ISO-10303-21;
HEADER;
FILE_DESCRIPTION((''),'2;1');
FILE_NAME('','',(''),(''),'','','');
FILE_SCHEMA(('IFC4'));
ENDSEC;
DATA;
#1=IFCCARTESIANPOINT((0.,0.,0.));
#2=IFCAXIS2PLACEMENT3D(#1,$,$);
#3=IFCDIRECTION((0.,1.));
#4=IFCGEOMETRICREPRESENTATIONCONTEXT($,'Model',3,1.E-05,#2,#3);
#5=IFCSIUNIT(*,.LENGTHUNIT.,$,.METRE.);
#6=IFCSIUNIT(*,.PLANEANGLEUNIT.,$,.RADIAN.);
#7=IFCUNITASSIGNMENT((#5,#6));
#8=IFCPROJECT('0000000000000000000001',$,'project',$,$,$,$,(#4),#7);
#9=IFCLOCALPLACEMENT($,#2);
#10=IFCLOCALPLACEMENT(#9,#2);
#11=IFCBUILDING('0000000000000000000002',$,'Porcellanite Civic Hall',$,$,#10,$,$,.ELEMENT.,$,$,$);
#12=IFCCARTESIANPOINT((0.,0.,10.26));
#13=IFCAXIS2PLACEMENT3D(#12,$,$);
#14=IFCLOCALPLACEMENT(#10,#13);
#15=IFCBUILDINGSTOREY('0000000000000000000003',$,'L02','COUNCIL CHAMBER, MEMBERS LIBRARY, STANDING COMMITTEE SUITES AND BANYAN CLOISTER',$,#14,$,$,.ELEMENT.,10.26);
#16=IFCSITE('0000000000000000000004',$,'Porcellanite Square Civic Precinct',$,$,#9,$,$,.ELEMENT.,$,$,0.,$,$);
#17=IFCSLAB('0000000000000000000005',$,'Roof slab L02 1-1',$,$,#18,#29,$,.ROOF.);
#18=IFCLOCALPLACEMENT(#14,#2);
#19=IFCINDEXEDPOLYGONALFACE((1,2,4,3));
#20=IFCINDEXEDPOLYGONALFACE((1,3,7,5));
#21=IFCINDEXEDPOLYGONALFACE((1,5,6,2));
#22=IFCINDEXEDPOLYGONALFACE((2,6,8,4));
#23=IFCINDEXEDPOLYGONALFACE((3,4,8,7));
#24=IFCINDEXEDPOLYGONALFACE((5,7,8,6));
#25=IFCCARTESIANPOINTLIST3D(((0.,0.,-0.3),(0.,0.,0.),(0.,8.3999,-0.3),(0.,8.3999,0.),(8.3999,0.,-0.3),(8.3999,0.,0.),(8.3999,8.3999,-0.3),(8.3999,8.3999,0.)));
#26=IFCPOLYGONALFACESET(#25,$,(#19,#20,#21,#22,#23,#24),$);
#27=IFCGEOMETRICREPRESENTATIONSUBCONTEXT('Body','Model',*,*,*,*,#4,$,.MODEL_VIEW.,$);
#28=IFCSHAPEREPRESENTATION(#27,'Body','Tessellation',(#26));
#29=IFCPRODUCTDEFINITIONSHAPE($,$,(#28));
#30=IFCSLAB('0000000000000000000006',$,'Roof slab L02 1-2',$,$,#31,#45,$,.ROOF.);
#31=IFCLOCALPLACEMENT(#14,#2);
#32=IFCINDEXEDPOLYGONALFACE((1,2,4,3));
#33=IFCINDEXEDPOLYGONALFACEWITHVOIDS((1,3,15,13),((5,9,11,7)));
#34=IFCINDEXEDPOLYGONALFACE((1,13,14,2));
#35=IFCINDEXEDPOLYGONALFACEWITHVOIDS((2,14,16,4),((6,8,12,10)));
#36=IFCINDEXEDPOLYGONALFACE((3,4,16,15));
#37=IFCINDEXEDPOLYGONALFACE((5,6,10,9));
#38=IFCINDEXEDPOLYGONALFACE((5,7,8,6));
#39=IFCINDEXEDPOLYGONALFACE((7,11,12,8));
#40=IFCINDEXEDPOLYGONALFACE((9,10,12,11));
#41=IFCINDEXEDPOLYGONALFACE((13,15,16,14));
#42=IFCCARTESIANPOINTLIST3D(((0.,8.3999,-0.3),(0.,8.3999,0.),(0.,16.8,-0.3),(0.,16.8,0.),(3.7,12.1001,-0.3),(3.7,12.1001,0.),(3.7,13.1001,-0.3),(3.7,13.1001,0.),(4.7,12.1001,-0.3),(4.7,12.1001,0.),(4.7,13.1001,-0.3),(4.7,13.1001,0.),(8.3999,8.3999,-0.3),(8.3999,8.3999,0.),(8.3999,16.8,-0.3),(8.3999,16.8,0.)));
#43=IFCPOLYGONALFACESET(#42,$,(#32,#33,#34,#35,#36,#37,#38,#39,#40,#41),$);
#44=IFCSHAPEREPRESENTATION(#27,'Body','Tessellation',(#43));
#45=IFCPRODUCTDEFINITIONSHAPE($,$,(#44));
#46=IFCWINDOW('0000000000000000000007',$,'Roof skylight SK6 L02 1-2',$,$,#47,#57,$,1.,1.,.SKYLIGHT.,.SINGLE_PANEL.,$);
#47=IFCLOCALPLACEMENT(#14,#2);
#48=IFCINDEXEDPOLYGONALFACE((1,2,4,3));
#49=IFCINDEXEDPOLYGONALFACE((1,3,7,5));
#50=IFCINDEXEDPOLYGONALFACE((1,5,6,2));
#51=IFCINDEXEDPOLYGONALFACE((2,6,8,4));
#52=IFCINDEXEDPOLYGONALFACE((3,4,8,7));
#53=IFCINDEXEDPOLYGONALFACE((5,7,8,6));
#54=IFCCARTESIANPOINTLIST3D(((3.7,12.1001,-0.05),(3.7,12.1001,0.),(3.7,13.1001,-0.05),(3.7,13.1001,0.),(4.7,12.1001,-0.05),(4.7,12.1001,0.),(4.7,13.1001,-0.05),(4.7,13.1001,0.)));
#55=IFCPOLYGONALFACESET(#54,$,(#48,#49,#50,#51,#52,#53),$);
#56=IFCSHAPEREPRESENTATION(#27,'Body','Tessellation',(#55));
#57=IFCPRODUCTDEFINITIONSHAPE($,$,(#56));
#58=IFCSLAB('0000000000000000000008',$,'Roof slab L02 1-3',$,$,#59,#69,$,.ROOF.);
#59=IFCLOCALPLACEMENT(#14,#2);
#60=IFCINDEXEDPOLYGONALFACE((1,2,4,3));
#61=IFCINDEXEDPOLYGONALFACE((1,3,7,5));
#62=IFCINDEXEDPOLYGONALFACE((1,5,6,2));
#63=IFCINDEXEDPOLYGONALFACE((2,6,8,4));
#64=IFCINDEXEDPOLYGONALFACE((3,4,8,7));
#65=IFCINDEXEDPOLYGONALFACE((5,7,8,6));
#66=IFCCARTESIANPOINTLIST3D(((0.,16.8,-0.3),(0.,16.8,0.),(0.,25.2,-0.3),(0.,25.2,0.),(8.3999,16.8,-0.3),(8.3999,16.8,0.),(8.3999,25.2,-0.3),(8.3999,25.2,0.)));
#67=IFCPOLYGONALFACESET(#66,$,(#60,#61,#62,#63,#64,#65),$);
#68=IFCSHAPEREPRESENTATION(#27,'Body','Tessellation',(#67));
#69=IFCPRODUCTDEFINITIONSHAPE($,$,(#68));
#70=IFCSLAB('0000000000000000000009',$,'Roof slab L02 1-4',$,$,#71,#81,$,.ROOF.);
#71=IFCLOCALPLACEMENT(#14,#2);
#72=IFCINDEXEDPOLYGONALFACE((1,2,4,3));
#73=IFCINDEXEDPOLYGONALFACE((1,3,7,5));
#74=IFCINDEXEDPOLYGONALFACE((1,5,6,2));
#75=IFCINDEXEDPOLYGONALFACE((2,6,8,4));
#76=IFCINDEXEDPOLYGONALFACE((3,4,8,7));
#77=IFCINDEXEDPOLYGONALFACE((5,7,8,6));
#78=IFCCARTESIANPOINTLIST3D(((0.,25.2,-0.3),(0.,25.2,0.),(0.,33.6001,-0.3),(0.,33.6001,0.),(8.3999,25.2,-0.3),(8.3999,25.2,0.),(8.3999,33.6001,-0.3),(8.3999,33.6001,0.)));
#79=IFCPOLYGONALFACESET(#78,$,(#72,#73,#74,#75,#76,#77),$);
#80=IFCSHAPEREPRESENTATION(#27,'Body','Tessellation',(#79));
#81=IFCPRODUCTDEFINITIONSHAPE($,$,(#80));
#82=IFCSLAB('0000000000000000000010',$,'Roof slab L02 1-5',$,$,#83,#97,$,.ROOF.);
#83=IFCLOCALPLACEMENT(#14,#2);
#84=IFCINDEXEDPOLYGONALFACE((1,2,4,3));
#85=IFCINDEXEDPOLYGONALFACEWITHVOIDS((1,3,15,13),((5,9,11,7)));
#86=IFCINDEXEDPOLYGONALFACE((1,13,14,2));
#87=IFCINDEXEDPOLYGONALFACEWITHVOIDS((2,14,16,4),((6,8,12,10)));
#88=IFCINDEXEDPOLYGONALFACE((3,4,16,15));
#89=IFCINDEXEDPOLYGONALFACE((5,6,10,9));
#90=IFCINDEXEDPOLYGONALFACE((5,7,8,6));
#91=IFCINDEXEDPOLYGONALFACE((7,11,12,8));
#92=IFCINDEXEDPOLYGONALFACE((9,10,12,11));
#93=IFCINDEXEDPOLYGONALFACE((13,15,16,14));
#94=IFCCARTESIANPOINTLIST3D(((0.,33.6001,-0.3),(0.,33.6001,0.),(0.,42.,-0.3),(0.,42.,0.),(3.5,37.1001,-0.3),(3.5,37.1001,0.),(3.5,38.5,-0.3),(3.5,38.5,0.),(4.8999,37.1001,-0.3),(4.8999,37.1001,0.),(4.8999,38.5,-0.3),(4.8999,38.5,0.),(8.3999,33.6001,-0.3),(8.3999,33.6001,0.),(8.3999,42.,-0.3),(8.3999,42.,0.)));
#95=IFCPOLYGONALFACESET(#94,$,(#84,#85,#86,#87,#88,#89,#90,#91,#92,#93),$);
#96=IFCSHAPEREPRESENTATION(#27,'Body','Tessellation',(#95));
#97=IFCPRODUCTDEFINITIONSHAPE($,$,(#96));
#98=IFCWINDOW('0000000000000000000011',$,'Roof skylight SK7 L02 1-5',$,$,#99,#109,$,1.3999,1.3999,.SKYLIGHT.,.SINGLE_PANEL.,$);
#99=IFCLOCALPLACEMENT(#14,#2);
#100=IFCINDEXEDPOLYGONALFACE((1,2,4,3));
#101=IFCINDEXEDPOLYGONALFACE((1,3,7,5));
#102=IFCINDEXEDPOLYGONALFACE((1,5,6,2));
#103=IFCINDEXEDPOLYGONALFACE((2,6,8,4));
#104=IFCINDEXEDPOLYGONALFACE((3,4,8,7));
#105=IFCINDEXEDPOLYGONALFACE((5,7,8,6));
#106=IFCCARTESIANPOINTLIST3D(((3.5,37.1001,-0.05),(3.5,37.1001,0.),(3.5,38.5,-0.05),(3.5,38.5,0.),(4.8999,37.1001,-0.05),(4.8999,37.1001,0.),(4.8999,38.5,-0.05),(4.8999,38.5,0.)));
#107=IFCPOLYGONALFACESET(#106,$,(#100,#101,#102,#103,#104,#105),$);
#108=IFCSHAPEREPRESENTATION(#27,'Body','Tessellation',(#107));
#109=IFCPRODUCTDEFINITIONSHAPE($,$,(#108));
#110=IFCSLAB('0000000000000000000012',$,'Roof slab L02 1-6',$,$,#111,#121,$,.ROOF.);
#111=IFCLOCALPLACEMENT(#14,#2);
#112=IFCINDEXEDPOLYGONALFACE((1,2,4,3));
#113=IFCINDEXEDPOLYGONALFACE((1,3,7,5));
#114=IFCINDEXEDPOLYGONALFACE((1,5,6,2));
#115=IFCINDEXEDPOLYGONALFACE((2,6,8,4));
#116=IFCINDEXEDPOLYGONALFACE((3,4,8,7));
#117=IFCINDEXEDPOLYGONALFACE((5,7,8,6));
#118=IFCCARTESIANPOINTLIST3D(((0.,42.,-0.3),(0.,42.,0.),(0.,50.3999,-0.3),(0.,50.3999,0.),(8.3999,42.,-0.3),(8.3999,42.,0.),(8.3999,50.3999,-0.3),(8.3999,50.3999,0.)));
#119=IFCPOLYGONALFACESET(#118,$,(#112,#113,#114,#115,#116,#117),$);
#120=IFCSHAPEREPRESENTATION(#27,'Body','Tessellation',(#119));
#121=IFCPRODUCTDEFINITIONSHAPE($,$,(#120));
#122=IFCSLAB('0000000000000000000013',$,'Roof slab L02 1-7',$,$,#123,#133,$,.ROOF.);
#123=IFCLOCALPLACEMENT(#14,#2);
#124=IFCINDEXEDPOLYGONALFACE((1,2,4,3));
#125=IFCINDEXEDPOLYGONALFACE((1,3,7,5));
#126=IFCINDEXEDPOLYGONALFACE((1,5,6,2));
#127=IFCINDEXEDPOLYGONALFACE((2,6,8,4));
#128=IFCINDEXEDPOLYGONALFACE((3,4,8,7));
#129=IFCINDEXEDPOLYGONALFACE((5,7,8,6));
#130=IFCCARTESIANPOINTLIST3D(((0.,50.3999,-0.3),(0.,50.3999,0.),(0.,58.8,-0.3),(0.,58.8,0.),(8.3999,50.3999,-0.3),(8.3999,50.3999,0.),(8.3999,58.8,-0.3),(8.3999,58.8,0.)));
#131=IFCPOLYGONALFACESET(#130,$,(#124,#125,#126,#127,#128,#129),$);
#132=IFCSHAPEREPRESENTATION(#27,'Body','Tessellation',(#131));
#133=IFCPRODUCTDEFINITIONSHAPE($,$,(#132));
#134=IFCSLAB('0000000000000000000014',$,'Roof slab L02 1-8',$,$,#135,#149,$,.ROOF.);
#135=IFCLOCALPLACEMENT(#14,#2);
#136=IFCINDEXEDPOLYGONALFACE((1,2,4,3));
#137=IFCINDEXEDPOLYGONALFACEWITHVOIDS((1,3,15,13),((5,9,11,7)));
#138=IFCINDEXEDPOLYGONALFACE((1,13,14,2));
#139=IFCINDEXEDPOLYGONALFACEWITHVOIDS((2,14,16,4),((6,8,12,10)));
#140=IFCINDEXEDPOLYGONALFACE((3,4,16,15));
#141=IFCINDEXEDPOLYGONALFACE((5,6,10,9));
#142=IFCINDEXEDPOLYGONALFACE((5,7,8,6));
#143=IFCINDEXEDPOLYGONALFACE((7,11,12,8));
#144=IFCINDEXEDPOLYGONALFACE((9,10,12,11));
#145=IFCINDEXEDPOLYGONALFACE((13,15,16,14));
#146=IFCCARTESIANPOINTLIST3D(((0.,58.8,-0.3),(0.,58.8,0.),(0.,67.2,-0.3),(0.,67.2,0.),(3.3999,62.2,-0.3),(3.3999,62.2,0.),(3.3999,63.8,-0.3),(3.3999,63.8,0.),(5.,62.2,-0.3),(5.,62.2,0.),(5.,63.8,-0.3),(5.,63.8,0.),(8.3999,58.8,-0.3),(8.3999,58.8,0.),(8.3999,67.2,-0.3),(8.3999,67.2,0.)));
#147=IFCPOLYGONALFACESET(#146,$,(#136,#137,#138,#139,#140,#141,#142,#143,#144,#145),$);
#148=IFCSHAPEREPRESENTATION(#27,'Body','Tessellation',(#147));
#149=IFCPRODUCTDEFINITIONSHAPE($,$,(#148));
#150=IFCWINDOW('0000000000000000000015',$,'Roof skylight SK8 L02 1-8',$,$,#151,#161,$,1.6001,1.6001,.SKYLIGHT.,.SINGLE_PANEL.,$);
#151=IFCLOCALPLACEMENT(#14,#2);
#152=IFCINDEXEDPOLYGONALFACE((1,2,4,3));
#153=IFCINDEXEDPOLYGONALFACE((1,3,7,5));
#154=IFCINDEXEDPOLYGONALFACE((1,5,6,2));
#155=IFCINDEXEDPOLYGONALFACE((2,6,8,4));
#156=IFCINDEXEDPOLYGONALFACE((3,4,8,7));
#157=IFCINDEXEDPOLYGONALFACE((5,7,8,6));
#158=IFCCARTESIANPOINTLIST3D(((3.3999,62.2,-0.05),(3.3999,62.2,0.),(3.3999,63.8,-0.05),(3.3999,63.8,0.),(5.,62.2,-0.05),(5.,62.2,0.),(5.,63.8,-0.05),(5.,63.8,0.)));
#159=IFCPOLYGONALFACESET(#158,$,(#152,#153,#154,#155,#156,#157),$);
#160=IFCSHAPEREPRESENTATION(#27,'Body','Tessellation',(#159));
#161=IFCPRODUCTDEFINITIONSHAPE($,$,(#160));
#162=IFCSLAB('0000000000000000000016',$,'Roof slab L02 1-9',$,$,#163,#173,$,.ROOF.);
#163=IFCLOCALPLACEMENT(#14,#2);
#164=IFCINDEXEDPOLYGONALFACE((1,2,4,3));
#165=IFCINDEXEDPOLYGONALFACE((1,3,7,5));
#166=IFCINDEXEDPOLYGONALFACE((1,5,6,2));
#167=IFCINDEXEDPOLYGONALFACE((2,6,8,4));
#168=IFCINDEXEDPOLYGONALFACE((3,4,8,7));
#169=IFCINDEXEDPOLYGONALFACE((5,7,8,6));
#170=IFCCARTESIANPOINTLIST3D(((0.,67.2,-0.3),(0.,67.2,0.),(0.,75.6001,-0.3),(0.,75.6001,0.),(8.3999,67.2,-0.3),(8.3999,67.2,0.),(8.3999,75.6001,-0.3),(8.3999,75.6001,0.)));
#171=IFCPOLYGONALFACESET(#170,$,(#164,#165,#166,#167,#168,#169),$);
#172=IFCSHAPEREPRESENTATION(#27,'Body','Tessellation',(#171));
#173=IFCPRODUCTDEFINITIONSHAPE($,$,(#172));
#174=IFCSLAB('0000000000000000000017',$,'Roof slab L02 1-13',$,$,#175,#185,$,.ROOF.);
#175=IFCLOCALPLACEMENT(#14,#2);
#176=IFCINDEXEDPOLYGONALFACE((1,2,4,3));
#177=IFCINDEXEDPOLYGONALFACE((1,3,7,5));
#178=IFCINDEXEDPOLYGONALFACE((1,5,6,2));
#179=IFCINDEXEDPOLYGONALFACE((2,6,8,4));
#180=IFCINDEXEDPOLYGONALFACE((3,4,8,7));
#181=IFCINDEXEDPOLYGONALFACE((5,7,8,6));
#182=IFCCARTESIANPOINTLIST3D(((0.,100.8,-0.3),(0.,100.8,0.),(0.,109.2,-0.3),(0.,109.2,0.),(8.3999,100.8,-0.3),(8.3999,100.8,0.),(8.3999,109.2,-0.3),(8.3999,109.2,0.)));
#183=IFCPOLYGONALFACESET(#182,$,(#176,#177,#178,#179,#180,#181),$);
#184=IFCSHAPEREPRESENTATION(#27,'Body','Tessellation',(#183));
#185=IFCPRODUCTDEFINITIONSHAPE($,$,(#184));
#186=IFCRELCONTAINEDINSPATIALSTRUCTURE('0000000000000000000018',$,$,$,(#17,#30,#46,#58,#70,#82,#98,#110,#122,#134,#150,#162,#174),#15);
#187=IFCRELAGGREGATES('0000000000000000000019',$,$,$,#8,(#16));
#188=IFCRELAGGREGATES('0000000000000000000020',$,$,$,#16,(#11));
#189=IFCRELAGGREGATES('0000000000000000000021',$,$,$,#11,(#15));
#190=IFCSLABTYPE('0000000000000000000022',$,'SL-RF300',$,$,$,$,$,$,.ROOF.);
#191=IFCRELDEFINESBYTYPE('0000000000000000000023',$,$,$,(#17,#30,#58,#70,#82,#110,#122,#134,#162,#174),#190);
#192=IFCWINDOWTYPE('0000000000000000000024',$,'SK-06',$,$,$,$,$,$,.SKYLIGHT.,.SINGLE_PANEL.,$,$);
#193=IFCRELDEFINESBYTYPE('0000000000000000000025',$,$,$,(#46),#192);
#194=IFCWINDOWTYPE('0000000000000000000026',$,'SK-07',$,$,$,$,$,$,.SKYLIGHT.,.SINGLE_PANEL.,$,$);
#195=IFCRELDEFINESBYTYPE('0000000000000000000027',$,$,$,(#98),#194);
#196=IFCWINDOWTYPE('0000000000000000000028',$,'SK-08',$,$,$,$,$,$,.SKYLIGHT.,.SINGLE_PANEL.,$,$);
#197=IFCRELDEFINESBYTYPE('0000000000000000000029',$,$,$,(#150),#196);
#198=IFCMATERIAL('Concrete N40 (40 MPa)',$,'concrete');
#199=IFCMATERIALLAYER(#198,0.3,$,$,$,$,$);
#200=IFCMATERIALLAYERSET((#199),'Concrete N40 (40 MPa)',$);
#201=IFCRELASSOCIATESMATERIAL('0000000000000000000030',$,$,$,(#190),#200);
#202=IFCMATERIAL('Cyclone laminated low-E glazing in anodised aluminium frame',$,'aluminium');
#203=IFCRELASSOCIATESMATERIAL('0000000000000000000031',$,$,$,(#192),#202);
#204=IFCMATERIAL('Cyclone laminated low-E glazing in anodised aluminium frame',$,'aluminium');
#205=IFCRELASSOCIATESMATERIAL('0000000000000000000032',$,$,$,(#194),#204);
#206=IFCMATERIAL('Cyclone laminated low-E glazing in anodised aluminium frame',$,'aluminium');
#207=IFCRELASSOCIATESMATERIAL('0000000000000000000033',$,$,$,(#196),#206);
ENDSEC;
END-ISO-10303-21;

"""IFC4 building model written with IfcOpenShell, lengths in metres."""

from ifc_helpers import new_model, si_unit, direction, frame, origin, origin_2d, place, context, subcontext, project, spatial, polyline, rectangle, outline, extrude, material, layer, layer_set, type_object, element, fill, save


model = new_model("IFC4")

# Units and contexts
model_context = context("Model", 3, precision=1e-05, world=origin(), true_north=direction((0.0, 1.0)))
body_context = subcontext(model_context, "Body", "Model", "MODEL_VIEW")
ifc_project = project(units=[si_unit("LENGTHUNIT", "METRE"), si_unit("PLANEANGLEUNIT", "RADIAN")], contexts=[model_context])

# Site, building, storey
site_placement = place(None, origin())
site = spatial("IfcSite", under=ifc_project, at=site_placement, Name="Porcellanite Square Civic Precinct", CompositionType="ELEMENT", RefElevation=0.0)
building_placement = place(site_placement, origin())
building = spatial("IfcBuilding", under=site, at=building_placement, Name="Porcellanite Civic Hall", CompositionType="ELEMENT")
storey_placement = place(building_placement, frame((0.0, 0.0, 10.26)))
storey = spatial("IfcBuildingStorey", under=building, at=storey_placement, Name="L02", Description="COUNCIL CHAMBER, MEMBERS LIBRARY, STANDING COMMITTEE SUITES AND BANYAN CLOISTER", CompositionType="ELEMENT", Elevation=10.26)

# Slab
ifc_material_1 = material(Name="Concrete N40 (40 MPa)", Category="concrete")
ifc_layer = layer(ifc_material_1, 0.3)
ifc_layer_set = layer_set([ifc_layer], Name="Concrete N40 (40 MPa)")
slab_type = type_object("IfcSlabType", Name="SL-RF300", PredefinedType="ROOF", material=ifc_layer_set)
slab_1_placement = place(storey_placement, frame((0.0, 0.0, -0.3)))
element("IfcSlab", 1, at=slab_1_placement, inside=storey, type_object=slab_type, Name="Roof slab L02 1-1", PredefinedType="ROOF", context=body_context, shape_type="SweptSolid", body=[
    extrude(outline(polyline([(0.0, 0.0), (8.3999, 0.0), (8.3999, 8.3999), (0.0, 8.3999), (0.0, 0.0)])), origin(), (0.0, 0.0, 1.0), 0.3),
])

# Slab, opening, window
slab_2_placement = place(storey_placement, frame((0.0, 0.0, -0.3)))
slab_2 = element("IfcSlab", 2, at=slab_2_placement, inside=storey, type_object=slab_type, Name="Roof slab L02 1-2", PredefinedType="ROOF", context=body_context, shape_type="SweptSolid", body=[
    extrude(outline(polyline([(0.0, 8.3999), (8.3999, 8.3999), (8.3999, 16.8), (0.0, 16.8), (0.0, 8.3999)])), origin(), (0.0, 0.0, 1.0), 0.3),
])
opening_1_placement = place(slab_2_placement, frame((4.2, 12.6001, 0.0)))
opening_1 = element("IfcOpeningElement", 3, at=opening_1_placement, cuts=slab_2, PredefinedType="OPENING", context=body_context, shape_type="SweptSolid", body=[
    extrude(rectangle(XDim=1.0, YDim=1.0, at=origin_2d()), origin(), (0.0, 0.0, 1.0), 0.3),
])
ifc_material_2 = material(Name="Cyclone laminated low-E glazing in anodised aluminium frame", Category="aluminium")
window_type_1 = type_object("IfcWindowType", Name="SK-06", PartitioningType="SINGLE_PANEL", PredefinedType="SKYLIGHT", material=ifc_material_2)
window_1_placement = place(opening_1_placement, frame((0.0, 0.0, 0.25)))
window_1 = element("IfcWindow", 4, at=window_1_placement, inside=storey, type_object=window_type_1, Name="Roof skylight SK6 L02 1-2", OverallHeight=1.0, OverallWidth=1.0, PartitioningType="SINGLE_PANEL", PredefinedType="SKYLIGHT", context=body_context, shape_type="SweptSolid", body=[
    extrude(rectangle(XDim=1.0, YDim=1.0, at=origin_2d()), origin(), (0.0, 0.0, 1.0), 0.05),
])
fill(opening_1, window_1)

# Slabs
slab_3_placement = place(storey_placement, frame((0.0, 0.0, -0.3)))
element("IfcSlab", 5, at=slab_3_placement, inside=storey, type_object=slab_type, Name="Roof slab L02 1-3", PredefinedType="ROOF", context=body_context, shape_type="SweptSolid", body=[
    extrude(outline(polyline([(0.0, 16.8), (8.3999, 16.8), (8.3999, 25.2), (0.0, 25.2), (0.0, 16.8)])), origin(), (0.0, 0.0, 1.0), 0.3),
])
slab_4_placement = place(storey_placement, frame((0.0, 0.0, -0.3)))
element("IfcSlab", 6, at=slab_4_placement, inside=storey, type_object=slab_type, Name="Roof slab L02 1-4", PredefinedType="ROOF", context=body_context, shape_type="SweptSolid", body=[
    extrude(outline(polyline([(0.0, 25.2), (8.3999, 25.2), (8.3999, 33.6001), (0.0, 33.6001), (0.0, 25.2)])), origin(), (0.0, 0.0, 1.0), 0.3),
])

# Slab, opening, window
slab_5_placement = place(storey_placement, frame((0.0, 0.0, -0.3)))
slab_5 = element("IfcSlab", 7, at=slab_5_placement, inside=storey, type_object=slab_type, Name="Roof slab L02 1-5", PredefinedType="ROOF", context=body_context, shape_type="SweptSolid", body=[
    extrude(outline(polyline([(0.0, 33.6001), (8.3999, 33.6001), (8.3999, 42.0), (0.0, 42.0), (0.0, 33.6001)])), origin(), (0.0, 0.0, 1.0), 0.3),
])
opening_2_placement = place(slab_5_placement, frame((4.2, 37.8, 0.0)))
opening_2 = element("IfcOpeningElement", 8, at=opening_2_placement, cuts=slab_5, PredefinedType="OPENING", context=body_context, shape_type="SweptSolid", body=[
    extrude(rectangle(XDim=1.3999, YDim=1.3999, at=origin_2d()), origin(), (0.0, 0.0, 1.0), 0.3),
])
ifc_material_3 = material(Name="Cyclone laminated low-E glazing in anodised aluminium frame", Category="aluminium")
window_type_2 = type_object("IfcWindowType", Name="SK-07", PartitioningType="SINGLE_PANEL", PredefinedType="SKYLIGHT", material=ifc_material_3)
window_2_placement = place(opening_2_placement, frame((0.0, 0.0, 0.25)))
window_2 = element("IfcWindow", 9, at=window_2_placement, inside=storey, type_object=window_type_2, Name="Roof skylight SK7 L02 1-5", OverallHeight=1.3999, OverallWidth=1.3999, PartitioningType="SINGLE_PANEL", PredefinedType="SKYLIGHT", context=body_context, shape_type="SweptSolid", body=[
    extrude(rectangle(XDim=1.3999, YDim=1.3999, at=origin_2d()), origin(), (0.0, 0.0, 1.0), 0.05),
])
fill(opening_2, window_2)

# Slabs
slab_6_placement = place(storey_placement, frame((0.0, 0.0, -0.3)))
element("IfcSlab", 10, at=slab_6_placement, inside=storey, type_object=slab_type, Name="Roof slab L02 1-6", PredefinedType="ROOF", context=body_context, shape_type="SweptSolid", body=[
    extrude(outline(polyline([(0.0, 42.0), (8.3999, 42.0), (8.3999, 50.3999), (0.0, 50.3999), (0.0, 42.0)])), origin(), (0.0, 0.0, 1.0), 0.3),
])
slab_7_placement = place(storey_placement, frame((0.0, 0.0, -0.3)))
element("IfcSlab", 11, at=slab_7_placement, inside=storey, type_object=slab_type, Name="Roof slab L02 1-7", PredefinedType="ROOF", context=body_context, shape_type="SweptSolid", body=[
    extrude(outline(polyline([(0.0, 50.3999), (8.3999, 50.3999), (8.3999, 58.8), (0.0, 58.8), (0.0, 50.3999)])), origin(), (0.0, 0.0, 1.0), 0.3),
])

# Slab, opening, window
slab_8_placement = place(storey_placement, frame((0.0, 0.0, -0.3)))
slab_8 = element("IfcSlab", 12, at=slab_8_placement, inside=storey, type_object=slab_type, Name="Roof slab L02 1-8", PredefinedType="ROOF", context=body_context, shape_type="SweptSolid", body=[
    extrude(outline(polyline([(0.0, 58.8), (8.3999, 58.8), (8.3999, 67.2), (0.0, 67.2), (0.0, 58.8)])), origin(), (0.0, 0.0, 1.0), 0.3),
])
opening_3_placement = place(slab_8_placement, frame((4.2, 63.0, 0.0)))
opening_3 = element("IfcOpeningElement", 13, at=opening_3_placement, cuts=slab_8, PredefinedType="OPENING", context=body_context, shape_type="SweptSolid", body=[
    extrude(rectangle(XDim=1.6001, YDim=1.6001, at=origin_2d()), origin(), (0.0, 0.0, 1.0), 0.3),
])
ifc_material_4 = material(Name="Cyclone laminated low-E glazing in anodised aluminium frame", Category="aluminium")
window_type_3 = type_object("IfcWindowType", Name="SK-08", PartitioningType="SINGLE_PANEL", PredefinedType="SKYLIGHT", material=ifc_material_4)
window_3_placement = place(opening_3_placement, frame((0.0, 0.0, 0.25)))
window_3 = element("IfcWindow", 14, at=window_3_placement, inside=storey, type_object=window_type_3, Name="Roof skylight SK8 L02 1-8", OverallHeight=1.6001, OverallWidth=1.6001, PartitioningType="SINGLE_PANEL", PredefinedType="SKYLIGHT", context=body_context, shape_type="SweptSolid", body=[
    extrude(rectangle(XDim=1.6001, YDim=1.6001, at=origin_2d()), origin(), (0.0, 0.0, 1.0), 0.05),
])
fill(opening_3, window_3)

# Slabs
slab_9_placement = place(storey_placement, frame((0.0, 0.0, -0.3)))
element("IfcSlab", 15, at=slab_9_placement, inside=storey, type_object=slab_type, Name="Roof slab L02 1-9", PredefinedType="ROOF", context=body_context, shape_type="SweptSolid", body=[
    extrude(outline(polyline([(0.0, 67.2), (8.3999, 67.2), (8.3999, 75.6001), (0.0, 75.6001), (0.0, 67.2)])), origin(), (0.0, 0.0, 1.0), 0.3),
])
slab_10_placement = place(storey_placement, frame((0.0, 0.0, -0.3)))
element("IfcSlab", 16, at=slab_10_placement, inside=storey, type_object=slab_type, Name="Roof slab L02 1-13", PredefinedType="ROOF", context=body_context, shape_type="SweptSolid", body=[
    extrude(outline(polyline([(0.0, 100.8), (8.3999, 100.8), (8.3999, 109.2), (0.0, 109.2), (0.0, 100.8)])), origin(), (0.0, 0.0, 1.0), 0.3),
])

save(model, "model.ifc")
